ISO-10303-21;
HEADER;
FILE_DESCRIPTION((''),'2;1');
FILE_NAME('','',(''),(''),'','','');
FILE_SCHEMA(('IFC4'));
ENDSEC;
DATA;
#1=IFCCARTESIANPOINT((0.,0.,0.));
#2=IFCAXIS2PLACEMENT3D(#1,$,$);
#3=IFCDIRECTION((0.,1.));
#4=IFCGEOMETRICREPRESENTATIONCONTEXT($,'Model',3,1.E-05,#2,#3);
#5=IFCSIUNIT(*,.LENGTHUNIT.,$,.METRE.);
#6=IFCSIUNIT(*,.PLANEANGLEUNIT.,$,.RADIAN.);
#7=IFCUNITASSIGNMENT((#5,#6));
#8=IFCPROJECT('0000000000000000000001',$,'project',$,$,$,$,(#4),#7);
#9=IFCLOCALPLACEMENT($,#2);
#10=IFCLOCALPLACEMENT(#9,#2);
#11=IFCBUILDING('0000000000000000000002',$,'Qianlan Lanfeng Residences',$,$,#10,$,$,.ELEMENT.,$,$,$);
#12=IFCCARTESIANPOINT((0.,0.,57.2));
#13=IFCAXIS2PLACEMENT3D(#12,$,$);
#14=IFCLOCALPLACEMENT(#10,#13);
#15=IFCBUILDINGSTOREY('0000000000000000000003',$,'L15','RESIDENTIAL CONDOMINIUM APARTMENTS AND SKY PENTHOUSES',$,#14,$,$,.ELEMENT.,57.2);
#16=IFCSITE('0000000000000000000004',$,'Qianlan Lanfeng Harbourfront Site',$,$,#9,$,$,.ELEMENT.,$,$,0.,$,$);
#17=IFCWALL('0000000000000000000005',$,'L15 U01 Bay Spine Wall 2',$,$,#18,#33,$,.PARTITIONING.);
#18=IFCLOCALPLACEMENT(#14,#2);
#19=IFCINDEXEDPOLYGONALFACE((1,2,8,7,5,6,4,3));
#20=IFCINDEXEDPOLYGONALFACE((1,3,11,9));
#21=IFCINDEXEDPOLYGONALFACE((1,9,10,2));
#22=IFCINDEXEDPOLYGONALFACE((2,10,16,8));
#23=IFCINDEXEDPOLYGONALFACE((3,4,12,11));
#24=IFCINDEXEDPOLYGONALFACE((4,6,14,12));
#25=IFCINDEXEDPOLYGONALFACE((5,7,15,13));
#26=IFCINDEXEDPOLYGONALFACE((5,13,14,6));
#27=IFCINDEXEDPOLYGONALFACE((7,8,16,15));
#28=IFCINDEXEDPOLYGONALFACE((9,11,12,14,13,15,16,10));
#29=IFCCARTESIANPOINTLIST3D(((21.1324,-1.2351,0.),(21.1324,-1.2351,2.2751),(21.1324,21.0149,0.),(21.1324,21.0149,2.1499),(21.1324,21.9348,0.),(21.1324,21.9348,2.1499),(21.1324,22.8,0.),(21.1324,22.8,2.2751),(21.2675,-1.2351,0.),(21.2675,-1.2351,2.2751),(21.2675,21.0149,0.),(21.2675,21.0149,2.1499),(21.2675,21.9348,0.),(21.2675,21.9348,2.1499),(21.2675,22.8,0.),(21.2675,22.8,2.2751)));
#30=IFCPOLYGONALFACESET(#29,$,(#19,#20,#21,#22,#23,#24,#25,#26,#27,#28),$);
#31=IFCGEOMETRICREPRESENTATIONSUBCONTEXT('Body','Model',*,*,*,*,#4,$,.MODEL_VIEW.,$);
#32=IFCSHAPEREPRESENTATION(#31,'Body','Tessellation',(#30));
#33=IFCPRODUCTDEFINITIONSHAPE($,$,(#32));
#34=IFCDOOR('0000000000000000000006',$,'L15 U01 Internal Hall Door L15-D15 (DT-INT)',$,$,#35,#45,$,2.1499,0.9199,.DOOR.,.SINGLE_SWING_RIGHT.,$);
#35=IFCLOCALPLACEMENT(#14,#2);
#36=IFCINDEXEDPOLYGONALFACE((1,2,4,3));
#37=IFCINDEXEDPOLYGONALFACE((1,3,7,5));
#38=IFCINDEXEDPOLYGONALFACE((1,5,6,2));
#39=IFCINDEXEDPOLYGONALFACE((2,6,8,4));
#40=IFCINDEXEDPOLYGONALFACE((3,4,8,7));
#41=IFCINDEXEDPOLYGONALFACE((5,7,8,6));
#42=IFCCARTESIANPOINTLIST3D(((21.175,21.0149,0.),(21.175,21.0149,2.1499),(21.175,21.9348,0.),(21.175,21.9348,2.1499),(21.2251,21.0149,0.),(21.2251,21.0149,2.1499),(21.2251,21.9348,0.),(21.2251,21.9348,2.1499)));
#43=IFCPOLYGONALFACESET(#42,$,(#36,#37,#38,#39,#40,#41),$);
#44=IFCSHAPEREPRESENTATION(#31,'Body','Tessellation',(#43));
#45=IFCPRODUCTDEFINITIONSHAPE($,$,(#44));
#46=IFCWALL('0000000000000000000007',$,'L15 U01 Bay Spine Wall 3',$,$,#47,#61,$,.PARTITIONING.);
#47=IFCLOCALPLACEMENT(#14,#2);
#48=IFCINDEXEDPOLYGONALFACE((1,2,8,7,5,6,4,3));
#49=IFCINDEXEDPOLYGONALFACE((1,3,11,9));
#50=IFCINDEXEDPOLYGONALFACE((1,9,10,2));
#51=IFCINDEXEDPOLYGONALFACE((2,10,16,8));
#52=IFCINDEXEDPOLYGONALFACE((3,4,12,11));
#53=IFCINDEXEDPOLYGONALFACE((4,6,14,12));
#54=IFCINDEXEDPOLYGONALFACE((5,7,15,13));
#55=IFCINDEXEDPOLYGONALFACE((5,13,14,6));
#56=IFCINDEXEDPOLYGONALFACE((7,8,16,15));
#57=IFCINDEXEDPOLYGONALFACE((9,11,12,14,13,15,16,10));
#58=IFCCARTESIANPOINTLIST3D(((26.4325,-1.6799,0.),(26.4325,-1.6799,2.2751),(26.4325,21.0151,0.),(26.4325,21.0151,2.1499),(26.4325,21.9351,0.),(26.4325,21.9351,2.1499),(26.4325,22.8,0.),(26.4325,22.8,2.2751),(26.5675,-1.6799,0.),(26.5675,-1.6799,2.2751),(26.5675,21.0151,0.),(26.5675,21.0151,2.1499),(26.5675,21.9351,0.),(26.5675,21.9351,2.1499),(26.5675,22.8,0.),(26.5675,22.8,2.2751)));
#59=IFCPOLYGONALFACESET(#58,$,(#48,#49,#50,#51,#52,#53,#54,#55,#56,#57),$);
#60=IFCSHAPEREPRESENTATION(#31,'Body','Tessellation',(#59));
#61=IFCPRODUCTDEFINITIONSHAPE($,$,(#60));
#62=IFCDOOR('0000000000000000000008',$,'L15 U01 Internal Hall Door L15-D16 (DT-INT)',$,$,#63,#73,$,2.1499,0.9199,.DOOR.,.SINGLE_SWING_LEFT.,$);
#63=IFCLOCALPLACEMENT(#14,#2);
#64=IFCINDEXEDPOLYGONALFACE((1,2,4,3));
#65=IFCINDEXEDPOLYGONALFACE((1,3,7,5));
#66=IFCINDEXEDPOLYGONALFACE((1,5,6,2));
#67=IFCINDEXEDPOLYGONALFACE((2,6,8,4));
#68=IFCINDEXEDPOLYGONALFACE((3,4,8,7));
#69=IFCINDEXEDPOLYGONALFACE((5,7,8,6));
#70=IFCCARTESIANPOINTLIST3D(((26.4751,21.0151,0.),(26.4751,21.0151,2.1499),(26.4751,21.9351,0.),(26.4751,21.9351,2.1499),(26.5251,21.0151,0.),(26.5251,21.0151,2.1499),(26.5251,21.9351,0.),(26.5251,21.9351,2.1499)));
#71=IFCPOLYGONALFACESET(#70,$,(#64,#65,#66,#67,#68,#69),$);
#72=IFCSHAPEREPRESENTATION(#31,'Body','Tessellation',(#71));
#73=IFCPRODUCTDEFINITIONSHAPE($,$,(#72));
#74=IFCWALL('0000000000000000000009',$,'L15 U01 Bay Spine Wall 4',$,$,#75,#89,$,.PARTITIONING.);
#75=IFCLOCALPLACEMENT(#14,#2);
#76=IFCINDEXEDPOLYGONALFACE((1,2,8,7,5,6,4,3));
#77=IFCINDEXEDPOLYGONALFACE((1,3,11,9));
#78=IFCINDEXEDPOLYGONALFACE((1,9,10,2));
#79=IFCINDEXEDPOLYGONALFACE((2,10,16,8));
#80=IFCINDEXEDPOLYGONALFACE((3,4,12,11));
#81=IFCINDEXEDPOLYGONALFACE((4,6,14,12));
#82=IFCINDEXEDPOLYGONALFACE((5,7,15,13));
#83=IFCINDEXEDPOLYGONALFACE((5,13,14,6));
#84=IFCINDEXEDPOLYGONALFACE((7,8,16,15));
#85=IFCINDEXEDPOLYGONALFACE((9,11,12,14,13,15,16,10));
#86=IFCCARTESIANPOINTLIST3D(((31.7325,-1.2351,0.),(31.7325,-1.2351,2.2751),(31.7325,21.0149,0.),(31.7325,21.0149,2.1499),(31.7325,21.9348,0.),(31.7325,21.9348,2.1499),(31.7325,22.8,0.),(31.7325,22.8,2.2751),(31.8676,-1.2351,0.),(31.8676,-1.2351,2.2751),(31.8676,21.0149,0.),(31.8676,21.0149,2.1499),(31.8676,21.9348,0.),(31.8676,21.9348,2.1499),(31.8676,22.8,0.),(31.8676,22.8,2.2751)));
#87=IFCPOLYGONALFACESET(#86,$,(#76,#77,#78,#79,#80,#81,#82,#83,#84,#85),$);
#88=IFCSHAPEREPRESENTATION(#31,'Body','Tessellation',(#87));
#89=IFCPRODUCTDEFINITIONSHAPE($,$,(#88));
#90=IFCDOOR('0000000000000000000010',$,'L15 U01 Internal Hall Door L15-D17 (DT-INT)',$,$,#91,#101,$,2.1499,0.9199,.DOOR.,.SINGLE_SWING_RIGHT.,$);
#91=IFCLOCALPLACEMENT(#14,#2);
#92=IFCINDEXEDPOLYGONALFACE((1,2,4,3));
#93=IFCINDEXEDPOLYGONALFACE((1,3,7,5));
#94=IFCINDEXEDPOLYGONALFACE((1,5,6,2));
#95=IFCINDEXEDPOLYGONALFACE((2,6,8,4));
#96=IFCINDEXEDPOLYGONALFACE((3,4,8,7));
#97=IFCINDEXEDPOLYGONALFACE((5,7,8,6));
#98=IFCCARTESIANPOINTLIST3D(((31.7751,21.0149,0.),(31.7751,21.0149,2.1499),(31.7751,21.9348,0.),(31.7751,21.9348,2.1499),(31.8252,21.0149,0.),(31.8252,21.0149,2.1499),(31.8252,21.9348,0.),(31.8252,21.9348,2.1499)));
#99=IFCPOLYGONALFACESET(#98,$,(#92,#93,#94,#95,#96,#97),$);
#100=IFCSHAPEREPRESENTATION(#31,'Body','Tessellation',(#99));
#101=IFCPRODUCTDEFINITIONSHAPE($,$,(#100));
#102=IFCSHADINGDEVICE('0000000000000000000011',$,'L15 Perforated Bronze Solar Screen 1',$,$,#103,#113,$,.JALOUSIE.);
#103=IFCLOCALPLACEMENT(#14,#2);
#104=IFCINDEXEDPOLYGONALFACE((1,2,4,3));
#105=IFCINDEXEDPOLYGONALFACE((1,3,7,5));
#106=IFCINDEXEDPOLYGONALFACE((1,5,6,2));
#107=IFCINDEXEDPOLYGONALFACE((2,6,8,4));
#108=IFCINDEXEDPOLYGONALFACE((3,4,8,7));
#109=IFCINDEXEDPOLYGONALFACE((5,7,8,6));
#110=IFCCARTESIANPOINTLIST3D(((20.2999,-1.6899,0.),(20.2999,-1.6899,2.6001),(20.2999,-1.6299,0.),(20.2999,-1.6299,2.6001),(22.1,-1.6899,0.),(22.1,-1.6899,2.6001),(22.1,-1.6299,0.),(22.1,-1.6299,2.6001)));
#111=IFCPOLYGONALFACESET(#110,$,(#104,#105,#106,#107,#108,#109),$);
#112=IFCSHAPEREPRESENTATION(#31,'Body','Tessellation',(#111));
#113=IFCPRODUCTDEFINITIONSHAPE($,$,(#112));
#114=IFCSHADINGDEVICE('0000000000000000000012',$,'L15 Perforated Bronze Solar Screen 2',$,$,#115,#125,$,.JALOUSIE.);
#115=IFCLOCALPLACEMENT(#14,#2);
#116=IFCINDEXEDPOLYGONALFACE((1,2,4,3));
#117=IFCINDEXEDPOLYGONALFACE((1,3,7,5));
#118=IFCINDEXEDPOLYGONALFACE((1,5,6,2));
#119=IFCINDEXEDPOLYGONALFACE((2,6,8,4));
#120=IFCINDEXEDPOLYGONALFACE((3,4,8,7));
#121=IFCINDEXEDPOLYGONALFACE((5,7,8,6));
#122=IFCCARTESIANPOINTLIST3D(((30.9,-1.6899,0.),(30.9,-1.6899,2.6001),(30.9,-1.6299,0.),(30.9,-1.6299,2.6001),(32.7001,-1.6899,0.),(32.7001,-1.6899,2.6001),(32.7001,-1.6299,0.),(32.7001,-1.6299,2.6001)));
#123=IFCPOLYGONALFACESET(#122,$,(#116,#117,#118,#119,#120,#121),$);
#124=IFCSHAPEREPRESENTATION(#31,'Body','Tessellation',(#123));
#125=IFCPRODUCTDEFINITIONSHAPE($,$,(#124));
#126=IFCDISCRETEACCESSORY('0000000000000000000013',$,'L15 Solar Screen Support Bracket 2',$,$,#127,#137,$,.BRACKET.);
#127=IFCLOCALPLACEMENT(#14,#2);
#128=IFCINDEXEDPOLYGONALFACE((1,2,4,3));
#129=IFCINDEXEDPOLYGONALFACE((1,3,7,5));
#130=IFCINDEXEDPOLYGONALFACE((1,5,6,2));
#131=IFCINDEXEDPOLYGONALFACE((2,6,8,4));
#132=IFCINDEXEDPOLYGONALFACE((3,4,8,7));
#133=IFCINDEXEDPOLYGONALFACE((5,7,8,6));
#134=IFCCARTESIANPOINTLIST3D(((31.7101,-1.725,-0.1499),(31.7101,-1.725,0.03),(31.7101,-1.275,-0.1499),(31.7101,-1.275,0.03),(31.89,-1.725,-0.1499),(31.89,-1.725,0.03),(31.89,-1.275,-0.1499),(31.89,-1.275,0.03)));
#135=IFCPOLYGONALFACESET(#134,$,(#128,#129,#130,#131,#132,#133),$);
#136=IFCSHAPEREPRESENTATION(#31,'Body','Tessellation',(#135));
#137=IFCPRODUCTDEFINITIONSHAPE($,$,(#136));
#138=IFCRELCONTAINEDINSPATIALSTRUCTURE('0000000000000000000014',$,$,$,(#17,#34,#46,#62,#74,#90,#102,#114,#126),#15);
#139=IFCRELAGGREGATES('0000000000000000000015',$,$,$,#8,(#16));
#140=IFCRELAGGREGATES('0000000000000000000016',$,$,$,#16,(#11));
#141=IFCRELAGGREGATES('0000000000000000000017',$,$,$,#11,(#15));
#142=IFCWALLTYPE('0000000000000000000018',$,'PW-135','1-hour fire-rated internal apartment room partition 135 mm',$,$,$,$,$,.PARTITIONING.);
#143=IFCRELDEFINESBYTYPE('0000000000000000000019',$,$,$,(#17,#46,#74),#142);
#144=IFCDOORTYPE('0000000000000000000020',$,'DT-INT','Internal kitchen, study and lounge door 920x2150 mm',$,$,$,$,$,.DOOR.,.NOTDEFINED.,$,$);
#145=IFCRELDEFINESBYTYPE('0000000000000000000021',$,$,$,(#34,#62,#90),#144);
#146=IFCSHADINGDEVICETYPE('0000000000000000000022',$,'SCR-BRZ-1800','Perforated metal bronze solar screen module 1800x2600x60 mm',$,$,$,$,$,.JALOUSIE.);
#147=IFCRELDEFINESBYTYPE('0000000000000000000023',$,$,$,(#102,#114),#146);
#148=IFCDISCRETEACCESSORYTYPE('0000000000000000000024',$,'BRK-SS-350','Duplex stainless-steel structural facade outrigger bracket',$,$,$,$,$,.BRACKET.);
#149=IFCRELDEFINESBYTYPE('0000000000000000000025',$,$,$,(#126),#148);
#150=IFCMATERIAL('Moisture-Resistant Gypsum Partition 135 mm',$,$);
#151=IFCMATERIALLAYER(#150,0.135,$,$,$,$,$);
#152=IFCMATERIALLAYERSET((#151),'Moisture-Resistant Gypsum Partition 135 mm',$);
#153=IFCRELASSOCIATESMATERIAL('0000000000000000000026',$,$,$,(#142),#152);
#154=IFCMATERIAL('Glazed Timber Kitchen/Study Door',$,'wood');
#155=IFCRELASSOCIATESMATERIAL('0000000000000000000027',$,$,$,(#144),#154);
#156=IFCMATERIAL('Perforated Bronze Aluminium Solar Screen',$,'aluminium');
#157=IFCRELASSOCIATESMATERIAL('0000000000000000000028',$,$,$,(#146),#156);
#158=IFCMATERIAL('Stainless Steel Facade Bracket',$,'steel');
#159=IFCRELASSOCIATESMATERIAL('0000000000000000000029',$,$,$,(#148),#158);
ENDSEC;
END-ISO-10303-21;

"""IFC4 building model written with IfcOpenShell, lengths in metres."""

from ifc_helpers import new_model, si_unit, direction, frame, frame_2d, origin, origin_2d, place, context, subcontext, project, spatial, rectangle, extrude, source, transform, mapped, material, layer, layer_set, type_object, element, fill, save


model = new_model("IFC4")

# Units and contexts
model_context = context("Model", 3, precision=1e-05, world=origin(), true_north=direction((0.0, 1.0)))
body_context = subcontext(model_context, "Body", "Model", "MODEL_VIEW")
ifc_project = project(units=[si_unit("LENGTHUNIT", "METRE"), si_unit("PLANEANGLEUNIT", "RADIAN")], contexts=[model_context])

# Site, building, storey
site_placement = place(None, origin())
site = spatial("IfcSite", under=ifc_project, at=site_placement, Name="Qianlan Lanfeng Harbourfront Site", CompositionType="ELEMENT", RefElevation=0.0)
building_placement = place(site_placement, origin())
building = spatial("IfcBuilding", under=site, at=building_placement, Name="Qianlan Lanfeng Residences", CompositionType="ELEMENT")
storey_placement = place(building_placement, frame((0.0, 0.0, 57.2)))
storey = spatial("IfcBuildingStorey", under=building, at=storey_placement, Name="L15", Description="RESIDENTIAL CONDOMINIUM APARTMENTS AND SKY PENTHOUSES", CompositionType="ELEMENT", Elevation=57.2)

# Walls, openings, doors
ifc_material_1 = material(Name="Moisture-Resistant Gypsum Partition 135 mm")
ifc_layer_1 = layer(ifc_material_1, 0.135)
ifc_layer_set_1 = layer_set([ifc_layer_1], Name="Moisture-Resistant Gypsum Partition 135 mm")
wall_type = type_object("IfcWallType", Name="PW-135", Description="1-hour fire-rated internal apartment room partition 135 mm", PredefinedType="PARTITIONING", material=ifc_layer_set_1)
wall_1_placement = place(storey_placement, frame((21.2, -1.2351, 0.0), z_axis=(0.0, 0.0, 1.0), x_axis=(0.0, 1.0, 0.0)))
wall_1 = element("IfcWall", 1, at=wall_1_placement, inside=storey, type_object=wall_type, Name="L15 U01 Bay Spine Wall 2", PredefinedType="PARTITIONING", context=body_context, shape_type="SweptSolid", body=[
    extrude(rectangle(XDim=24.0352, YDim=0.135, at=frame_2d((12.0176, 0.0))), origin(), (0.0, 0.0, 1.0), 2.2751),
])
opening_1_placement = place(wall_1_placement, frame((22.25, 0.0, 0.0)))
opening_1 = element("IfcOpeningElement", 2, at=opening_1_placement, cuts=wall_1, PredefinedType="OPENING", context=body_context, shape_type="SweptSolid", body=[
    extrude(rectangle(XDim=0.9199, YDim=2.1499, at=frame_2d((0.46, 1.075))), frame((0.0, 0.0776, 0.0), z_axis=(0.0, -1.0, 0.0), x_axis=(1.0, 0.0, 0.0)), (0.0, 0.0, 1.0), 0.155),
])
ifc_material_2 = material(Name="Glazed Timber Kitchen/Study Door", Category="wood")
door_type = type_object("IfcDoorType", Name="DT-INT", Description="Internal kitchen, study and lounge door 920x2150 mm", OperationType="NOTDEFINED", PredefinedType="DOOR", material=ifc_material_2)
door_1_placement = place(opening_1_placement, origin())
door_1 = element("IfcDoor", 3, at=door_1_placement, inside=storey, type_object=door_type, Name="L15 U01 Internal Hall Door L15-D15 (DT-INT)", OperationType="SINGLE_SWING_RIGHT", OverallHeight=2.1499, OverallWidth=0.9199, PredefinedType="DOOR", context=body_context, shape_type="SweptSolid", body=[
    extrude(rectangle(XDim=0.9199, YDim=2.1499, at=frame_2d((0.46, 1.075))), frame((0.0, 0.0249, 0.0), z_axis=(0.0, -1.0, 0.0), x_axis=(1.0, 0.0, 0.0)), (0.0, 0.0, 1.0), 0.05),
])
fill(opening_1, door_1)
wall_2_placement = place(storey_placement, frame((26.5, -1.6799, 0.0), z_axis=(0.0, 0.0, 1.0), x_axis=(0.0, 1.0, 0.0)))
wall_2 = element("IfcWall", 4, at=wall_2_placement, inside=storey, type_object=wall_type, Name="L15 U01 Bay Spine Wall 3", PredefinedType="PARTITIONING", context=body_context, shape_type="SweptSolid", body=[
    extrude(rectangle(XDim=24.48, YDim=0.135, at=frame_2d((12.24, 0.0))), origin(), (0.0, 0.0, 1.0), 2.2751),
])
opening_2_placement = place(wall_2_placement, frame((22.6951, 0.0, 0.0)))
opening_2 = element("IfcOpeningElement", 5, at=opening_2_placement, cuts=wall_2, PredefinedType="OPENING", context=body_context, shape_type="SweptSolid", body=[
    extrude(rectangle(XDim=0.9199, YDim=2.1499, at=frame_2d((0.46, 1.075))), frame((0.0, 0.0776, 0.0), z_axis=(0.0, -1.0, 0.0), x_axis=(1.0, 0.0, 0.0)), (0.0, 0.0, 1.0), 0.155),
])
door_2_placement = place(opening_2_placement, origin())
door_2 = element("IfcDoor", 6, at=door_2_placement, inside=storey, type_object=door_type, Name="L15 U01 Internal Hall Door L15-D16 (DT-INT)", OperationType="SINGLE_SWING_LEFT", OverallHeight=2.1499, OverallWidth=0.9199, PredefinedType="DOOR", context=body_context, shape_type="SweptSolid", body=[
    extrude(rectangle(XDim=0.9199, YDim=2.1499, at=frame_2d((0.46, 1.075))), frame((0.0, 0.0249, 0.0), z_axis=(0.0, -1.0, 0.0), x_axis=(1.0, 0.0, 0.0)), (0.0, 0.0, 1.0), 0.05),
])
fill(opening_2, door_2)
wall_3_placement = place(storey_placement, frame((31.8, -1.2351, 0.0), z_axis=(0.0, 0.0, 1.0), x_axis=(0.0, 1.0, 0.0)))
wall_3 = element("IfcWall", 7, at=wall_3_placement, inside=storey, type_object=wall_type, Name="L15 U01 Bay Spine Wall 4", PredefinedType="PARTITIONING", context=body_context, shape_type="SweptSolid", body=[
    extrude(rectangle(XDim=24.0352, YDim=0.135, at=frame_2d((12.0176, 0.0))), origin(), (0.0, 0.0, 1.0), 2.2751),
])
opening_3_placement = place(wall_3_placement, frame((22.25, 0.0, 0.0)))
opening_3 = element("IfcOpeningElement", 8, at=opening_3_placement, cuts=wall_3, PredefinedType="OPENING", context=body_context, shape_type="SweptSolid", body=[
    extrude(rectangle(XDim=0.9199, YDim=2.1499, at=frame_2d((0.46, 1.075))), frame((0.0, 0.0776, 0.0), z_axis=(0.0, -1.0, 0.0), x_axis=(1.0, 0.0, 0.0)), (0.0, 0.0, 1.0), 0.155),
])
door_3_placement = place(opening_3_placement, origin())
door_3 = element("IfcDoor", 9, at=door_3_placement, inside=storey, type_object=door_type, Name="L15 U01 Internal Hall Door L15-D17 (DT-INT)", OperationType="SINGLE_SWING_RIGHT", OverallHeight=2.1499, OverallWidth=0.9199, PredefinedType="DOOR", context=body_context, shape_type="SweptSolid", body=[
    extrude(rectangle(XDim=0.9199, YDim=2.1499, at=frame_2d((0.46, 1.075))), frame((0.0, 0.0249, 0.0), z_axis=(0.0, -1.0, 0.0), x_axis=(1.0, 0.0, 0.0)), (0.0, 0.0, 1.0), 0.05),
])
fill(opening_3, door_3)

# Shading devices
ifc_material_3 = material(Name="Perforated Bronze Aluminium Solar Screen", Category="aluminium")
shading_device_type = type_object("IfcShadingDeviceType", Name="SCR-BRZ-1800", Description="Perforated metal bronze solar screen module 1800x2600x60 mm", PredefinedType="JALOUSIE", material=ifc_material_3)
shared_shape_1 = source(origin(), body_context, "Body", "SweptSolid", [
    extrude(rectangle(XDim=1.8, YDim=0.0601, at=origin_2d()), origin(), (0.0, 0.0, 1.0), 2.6001),
])
for number, where, z_axis, x_axis, name in (
    (10, (21.2, -1.6599, 0.0), (0.0, 0.0, 1.0), (1.0, 0.0, 0.0), "L15 Perforated Bronze Solar Screen 1"),
    (11, (31.8, -1.6599, 0.0), (0.0, 0.0, 1.0), (1.0, 0.0, 0.0), "L15 Perforated Bronze Solar Screen 2"),
):
    element("IfcShadingDevice", number, at=place(storey_placement, frame(where, z_axis=z_axis, x_axis=x_axis)), inside=storey, type_object=shading_device_type, Name=name, PredefinedType="JALOUSIE", context=body_context, shape_type="MappedRepresentation", body=[
        mapped(shared_shape_1, transform((0.0, 0.0, 0.0), scale=1.0)),
    ])

# Discrete accessory
ifc_material_4 = material(Name="Stainless Steel Facade Bracket", Category="steel")
discrete_accessory_type = type_object("IfcDiscreteAccessoryType", Name="BRK-SS-350", Description="Duplex stainless-steel structural facade outrigger bracket", PredefinedType="BRACKET", material=ifc_material_4)
shared_shape_2 = source(origin(), body_context, "Body", "SweptSolid", [
    extrude(rectangle(XDim=0.1799, YDim=0.45, at=origin_2d()), origin(), (0.0, 0.0, 1.0), 0.1799),
])
discrete_accessory_placement = place(storey_placement, frame((31.8, -1.5, -0.1499), z_axis=(0.0, 0.0, 1.0), x_axis=(1.0, 0.0, 0.0)))
element("IfcDiscreteAccessory", 12, at=discrete_accessory_placement, inside=storey, type_object=discrete_accessory_type, Name="L15 Solar Screen Support Bracket 2", PredefinedType="BRACKET", context=body_context, shape_type="MappedRepresentation", body=[
    mapped(shared_shape_2, transform((0.0, 0.0, 0.0), scale=1.0)),
])

save(model, "model.ifc")
